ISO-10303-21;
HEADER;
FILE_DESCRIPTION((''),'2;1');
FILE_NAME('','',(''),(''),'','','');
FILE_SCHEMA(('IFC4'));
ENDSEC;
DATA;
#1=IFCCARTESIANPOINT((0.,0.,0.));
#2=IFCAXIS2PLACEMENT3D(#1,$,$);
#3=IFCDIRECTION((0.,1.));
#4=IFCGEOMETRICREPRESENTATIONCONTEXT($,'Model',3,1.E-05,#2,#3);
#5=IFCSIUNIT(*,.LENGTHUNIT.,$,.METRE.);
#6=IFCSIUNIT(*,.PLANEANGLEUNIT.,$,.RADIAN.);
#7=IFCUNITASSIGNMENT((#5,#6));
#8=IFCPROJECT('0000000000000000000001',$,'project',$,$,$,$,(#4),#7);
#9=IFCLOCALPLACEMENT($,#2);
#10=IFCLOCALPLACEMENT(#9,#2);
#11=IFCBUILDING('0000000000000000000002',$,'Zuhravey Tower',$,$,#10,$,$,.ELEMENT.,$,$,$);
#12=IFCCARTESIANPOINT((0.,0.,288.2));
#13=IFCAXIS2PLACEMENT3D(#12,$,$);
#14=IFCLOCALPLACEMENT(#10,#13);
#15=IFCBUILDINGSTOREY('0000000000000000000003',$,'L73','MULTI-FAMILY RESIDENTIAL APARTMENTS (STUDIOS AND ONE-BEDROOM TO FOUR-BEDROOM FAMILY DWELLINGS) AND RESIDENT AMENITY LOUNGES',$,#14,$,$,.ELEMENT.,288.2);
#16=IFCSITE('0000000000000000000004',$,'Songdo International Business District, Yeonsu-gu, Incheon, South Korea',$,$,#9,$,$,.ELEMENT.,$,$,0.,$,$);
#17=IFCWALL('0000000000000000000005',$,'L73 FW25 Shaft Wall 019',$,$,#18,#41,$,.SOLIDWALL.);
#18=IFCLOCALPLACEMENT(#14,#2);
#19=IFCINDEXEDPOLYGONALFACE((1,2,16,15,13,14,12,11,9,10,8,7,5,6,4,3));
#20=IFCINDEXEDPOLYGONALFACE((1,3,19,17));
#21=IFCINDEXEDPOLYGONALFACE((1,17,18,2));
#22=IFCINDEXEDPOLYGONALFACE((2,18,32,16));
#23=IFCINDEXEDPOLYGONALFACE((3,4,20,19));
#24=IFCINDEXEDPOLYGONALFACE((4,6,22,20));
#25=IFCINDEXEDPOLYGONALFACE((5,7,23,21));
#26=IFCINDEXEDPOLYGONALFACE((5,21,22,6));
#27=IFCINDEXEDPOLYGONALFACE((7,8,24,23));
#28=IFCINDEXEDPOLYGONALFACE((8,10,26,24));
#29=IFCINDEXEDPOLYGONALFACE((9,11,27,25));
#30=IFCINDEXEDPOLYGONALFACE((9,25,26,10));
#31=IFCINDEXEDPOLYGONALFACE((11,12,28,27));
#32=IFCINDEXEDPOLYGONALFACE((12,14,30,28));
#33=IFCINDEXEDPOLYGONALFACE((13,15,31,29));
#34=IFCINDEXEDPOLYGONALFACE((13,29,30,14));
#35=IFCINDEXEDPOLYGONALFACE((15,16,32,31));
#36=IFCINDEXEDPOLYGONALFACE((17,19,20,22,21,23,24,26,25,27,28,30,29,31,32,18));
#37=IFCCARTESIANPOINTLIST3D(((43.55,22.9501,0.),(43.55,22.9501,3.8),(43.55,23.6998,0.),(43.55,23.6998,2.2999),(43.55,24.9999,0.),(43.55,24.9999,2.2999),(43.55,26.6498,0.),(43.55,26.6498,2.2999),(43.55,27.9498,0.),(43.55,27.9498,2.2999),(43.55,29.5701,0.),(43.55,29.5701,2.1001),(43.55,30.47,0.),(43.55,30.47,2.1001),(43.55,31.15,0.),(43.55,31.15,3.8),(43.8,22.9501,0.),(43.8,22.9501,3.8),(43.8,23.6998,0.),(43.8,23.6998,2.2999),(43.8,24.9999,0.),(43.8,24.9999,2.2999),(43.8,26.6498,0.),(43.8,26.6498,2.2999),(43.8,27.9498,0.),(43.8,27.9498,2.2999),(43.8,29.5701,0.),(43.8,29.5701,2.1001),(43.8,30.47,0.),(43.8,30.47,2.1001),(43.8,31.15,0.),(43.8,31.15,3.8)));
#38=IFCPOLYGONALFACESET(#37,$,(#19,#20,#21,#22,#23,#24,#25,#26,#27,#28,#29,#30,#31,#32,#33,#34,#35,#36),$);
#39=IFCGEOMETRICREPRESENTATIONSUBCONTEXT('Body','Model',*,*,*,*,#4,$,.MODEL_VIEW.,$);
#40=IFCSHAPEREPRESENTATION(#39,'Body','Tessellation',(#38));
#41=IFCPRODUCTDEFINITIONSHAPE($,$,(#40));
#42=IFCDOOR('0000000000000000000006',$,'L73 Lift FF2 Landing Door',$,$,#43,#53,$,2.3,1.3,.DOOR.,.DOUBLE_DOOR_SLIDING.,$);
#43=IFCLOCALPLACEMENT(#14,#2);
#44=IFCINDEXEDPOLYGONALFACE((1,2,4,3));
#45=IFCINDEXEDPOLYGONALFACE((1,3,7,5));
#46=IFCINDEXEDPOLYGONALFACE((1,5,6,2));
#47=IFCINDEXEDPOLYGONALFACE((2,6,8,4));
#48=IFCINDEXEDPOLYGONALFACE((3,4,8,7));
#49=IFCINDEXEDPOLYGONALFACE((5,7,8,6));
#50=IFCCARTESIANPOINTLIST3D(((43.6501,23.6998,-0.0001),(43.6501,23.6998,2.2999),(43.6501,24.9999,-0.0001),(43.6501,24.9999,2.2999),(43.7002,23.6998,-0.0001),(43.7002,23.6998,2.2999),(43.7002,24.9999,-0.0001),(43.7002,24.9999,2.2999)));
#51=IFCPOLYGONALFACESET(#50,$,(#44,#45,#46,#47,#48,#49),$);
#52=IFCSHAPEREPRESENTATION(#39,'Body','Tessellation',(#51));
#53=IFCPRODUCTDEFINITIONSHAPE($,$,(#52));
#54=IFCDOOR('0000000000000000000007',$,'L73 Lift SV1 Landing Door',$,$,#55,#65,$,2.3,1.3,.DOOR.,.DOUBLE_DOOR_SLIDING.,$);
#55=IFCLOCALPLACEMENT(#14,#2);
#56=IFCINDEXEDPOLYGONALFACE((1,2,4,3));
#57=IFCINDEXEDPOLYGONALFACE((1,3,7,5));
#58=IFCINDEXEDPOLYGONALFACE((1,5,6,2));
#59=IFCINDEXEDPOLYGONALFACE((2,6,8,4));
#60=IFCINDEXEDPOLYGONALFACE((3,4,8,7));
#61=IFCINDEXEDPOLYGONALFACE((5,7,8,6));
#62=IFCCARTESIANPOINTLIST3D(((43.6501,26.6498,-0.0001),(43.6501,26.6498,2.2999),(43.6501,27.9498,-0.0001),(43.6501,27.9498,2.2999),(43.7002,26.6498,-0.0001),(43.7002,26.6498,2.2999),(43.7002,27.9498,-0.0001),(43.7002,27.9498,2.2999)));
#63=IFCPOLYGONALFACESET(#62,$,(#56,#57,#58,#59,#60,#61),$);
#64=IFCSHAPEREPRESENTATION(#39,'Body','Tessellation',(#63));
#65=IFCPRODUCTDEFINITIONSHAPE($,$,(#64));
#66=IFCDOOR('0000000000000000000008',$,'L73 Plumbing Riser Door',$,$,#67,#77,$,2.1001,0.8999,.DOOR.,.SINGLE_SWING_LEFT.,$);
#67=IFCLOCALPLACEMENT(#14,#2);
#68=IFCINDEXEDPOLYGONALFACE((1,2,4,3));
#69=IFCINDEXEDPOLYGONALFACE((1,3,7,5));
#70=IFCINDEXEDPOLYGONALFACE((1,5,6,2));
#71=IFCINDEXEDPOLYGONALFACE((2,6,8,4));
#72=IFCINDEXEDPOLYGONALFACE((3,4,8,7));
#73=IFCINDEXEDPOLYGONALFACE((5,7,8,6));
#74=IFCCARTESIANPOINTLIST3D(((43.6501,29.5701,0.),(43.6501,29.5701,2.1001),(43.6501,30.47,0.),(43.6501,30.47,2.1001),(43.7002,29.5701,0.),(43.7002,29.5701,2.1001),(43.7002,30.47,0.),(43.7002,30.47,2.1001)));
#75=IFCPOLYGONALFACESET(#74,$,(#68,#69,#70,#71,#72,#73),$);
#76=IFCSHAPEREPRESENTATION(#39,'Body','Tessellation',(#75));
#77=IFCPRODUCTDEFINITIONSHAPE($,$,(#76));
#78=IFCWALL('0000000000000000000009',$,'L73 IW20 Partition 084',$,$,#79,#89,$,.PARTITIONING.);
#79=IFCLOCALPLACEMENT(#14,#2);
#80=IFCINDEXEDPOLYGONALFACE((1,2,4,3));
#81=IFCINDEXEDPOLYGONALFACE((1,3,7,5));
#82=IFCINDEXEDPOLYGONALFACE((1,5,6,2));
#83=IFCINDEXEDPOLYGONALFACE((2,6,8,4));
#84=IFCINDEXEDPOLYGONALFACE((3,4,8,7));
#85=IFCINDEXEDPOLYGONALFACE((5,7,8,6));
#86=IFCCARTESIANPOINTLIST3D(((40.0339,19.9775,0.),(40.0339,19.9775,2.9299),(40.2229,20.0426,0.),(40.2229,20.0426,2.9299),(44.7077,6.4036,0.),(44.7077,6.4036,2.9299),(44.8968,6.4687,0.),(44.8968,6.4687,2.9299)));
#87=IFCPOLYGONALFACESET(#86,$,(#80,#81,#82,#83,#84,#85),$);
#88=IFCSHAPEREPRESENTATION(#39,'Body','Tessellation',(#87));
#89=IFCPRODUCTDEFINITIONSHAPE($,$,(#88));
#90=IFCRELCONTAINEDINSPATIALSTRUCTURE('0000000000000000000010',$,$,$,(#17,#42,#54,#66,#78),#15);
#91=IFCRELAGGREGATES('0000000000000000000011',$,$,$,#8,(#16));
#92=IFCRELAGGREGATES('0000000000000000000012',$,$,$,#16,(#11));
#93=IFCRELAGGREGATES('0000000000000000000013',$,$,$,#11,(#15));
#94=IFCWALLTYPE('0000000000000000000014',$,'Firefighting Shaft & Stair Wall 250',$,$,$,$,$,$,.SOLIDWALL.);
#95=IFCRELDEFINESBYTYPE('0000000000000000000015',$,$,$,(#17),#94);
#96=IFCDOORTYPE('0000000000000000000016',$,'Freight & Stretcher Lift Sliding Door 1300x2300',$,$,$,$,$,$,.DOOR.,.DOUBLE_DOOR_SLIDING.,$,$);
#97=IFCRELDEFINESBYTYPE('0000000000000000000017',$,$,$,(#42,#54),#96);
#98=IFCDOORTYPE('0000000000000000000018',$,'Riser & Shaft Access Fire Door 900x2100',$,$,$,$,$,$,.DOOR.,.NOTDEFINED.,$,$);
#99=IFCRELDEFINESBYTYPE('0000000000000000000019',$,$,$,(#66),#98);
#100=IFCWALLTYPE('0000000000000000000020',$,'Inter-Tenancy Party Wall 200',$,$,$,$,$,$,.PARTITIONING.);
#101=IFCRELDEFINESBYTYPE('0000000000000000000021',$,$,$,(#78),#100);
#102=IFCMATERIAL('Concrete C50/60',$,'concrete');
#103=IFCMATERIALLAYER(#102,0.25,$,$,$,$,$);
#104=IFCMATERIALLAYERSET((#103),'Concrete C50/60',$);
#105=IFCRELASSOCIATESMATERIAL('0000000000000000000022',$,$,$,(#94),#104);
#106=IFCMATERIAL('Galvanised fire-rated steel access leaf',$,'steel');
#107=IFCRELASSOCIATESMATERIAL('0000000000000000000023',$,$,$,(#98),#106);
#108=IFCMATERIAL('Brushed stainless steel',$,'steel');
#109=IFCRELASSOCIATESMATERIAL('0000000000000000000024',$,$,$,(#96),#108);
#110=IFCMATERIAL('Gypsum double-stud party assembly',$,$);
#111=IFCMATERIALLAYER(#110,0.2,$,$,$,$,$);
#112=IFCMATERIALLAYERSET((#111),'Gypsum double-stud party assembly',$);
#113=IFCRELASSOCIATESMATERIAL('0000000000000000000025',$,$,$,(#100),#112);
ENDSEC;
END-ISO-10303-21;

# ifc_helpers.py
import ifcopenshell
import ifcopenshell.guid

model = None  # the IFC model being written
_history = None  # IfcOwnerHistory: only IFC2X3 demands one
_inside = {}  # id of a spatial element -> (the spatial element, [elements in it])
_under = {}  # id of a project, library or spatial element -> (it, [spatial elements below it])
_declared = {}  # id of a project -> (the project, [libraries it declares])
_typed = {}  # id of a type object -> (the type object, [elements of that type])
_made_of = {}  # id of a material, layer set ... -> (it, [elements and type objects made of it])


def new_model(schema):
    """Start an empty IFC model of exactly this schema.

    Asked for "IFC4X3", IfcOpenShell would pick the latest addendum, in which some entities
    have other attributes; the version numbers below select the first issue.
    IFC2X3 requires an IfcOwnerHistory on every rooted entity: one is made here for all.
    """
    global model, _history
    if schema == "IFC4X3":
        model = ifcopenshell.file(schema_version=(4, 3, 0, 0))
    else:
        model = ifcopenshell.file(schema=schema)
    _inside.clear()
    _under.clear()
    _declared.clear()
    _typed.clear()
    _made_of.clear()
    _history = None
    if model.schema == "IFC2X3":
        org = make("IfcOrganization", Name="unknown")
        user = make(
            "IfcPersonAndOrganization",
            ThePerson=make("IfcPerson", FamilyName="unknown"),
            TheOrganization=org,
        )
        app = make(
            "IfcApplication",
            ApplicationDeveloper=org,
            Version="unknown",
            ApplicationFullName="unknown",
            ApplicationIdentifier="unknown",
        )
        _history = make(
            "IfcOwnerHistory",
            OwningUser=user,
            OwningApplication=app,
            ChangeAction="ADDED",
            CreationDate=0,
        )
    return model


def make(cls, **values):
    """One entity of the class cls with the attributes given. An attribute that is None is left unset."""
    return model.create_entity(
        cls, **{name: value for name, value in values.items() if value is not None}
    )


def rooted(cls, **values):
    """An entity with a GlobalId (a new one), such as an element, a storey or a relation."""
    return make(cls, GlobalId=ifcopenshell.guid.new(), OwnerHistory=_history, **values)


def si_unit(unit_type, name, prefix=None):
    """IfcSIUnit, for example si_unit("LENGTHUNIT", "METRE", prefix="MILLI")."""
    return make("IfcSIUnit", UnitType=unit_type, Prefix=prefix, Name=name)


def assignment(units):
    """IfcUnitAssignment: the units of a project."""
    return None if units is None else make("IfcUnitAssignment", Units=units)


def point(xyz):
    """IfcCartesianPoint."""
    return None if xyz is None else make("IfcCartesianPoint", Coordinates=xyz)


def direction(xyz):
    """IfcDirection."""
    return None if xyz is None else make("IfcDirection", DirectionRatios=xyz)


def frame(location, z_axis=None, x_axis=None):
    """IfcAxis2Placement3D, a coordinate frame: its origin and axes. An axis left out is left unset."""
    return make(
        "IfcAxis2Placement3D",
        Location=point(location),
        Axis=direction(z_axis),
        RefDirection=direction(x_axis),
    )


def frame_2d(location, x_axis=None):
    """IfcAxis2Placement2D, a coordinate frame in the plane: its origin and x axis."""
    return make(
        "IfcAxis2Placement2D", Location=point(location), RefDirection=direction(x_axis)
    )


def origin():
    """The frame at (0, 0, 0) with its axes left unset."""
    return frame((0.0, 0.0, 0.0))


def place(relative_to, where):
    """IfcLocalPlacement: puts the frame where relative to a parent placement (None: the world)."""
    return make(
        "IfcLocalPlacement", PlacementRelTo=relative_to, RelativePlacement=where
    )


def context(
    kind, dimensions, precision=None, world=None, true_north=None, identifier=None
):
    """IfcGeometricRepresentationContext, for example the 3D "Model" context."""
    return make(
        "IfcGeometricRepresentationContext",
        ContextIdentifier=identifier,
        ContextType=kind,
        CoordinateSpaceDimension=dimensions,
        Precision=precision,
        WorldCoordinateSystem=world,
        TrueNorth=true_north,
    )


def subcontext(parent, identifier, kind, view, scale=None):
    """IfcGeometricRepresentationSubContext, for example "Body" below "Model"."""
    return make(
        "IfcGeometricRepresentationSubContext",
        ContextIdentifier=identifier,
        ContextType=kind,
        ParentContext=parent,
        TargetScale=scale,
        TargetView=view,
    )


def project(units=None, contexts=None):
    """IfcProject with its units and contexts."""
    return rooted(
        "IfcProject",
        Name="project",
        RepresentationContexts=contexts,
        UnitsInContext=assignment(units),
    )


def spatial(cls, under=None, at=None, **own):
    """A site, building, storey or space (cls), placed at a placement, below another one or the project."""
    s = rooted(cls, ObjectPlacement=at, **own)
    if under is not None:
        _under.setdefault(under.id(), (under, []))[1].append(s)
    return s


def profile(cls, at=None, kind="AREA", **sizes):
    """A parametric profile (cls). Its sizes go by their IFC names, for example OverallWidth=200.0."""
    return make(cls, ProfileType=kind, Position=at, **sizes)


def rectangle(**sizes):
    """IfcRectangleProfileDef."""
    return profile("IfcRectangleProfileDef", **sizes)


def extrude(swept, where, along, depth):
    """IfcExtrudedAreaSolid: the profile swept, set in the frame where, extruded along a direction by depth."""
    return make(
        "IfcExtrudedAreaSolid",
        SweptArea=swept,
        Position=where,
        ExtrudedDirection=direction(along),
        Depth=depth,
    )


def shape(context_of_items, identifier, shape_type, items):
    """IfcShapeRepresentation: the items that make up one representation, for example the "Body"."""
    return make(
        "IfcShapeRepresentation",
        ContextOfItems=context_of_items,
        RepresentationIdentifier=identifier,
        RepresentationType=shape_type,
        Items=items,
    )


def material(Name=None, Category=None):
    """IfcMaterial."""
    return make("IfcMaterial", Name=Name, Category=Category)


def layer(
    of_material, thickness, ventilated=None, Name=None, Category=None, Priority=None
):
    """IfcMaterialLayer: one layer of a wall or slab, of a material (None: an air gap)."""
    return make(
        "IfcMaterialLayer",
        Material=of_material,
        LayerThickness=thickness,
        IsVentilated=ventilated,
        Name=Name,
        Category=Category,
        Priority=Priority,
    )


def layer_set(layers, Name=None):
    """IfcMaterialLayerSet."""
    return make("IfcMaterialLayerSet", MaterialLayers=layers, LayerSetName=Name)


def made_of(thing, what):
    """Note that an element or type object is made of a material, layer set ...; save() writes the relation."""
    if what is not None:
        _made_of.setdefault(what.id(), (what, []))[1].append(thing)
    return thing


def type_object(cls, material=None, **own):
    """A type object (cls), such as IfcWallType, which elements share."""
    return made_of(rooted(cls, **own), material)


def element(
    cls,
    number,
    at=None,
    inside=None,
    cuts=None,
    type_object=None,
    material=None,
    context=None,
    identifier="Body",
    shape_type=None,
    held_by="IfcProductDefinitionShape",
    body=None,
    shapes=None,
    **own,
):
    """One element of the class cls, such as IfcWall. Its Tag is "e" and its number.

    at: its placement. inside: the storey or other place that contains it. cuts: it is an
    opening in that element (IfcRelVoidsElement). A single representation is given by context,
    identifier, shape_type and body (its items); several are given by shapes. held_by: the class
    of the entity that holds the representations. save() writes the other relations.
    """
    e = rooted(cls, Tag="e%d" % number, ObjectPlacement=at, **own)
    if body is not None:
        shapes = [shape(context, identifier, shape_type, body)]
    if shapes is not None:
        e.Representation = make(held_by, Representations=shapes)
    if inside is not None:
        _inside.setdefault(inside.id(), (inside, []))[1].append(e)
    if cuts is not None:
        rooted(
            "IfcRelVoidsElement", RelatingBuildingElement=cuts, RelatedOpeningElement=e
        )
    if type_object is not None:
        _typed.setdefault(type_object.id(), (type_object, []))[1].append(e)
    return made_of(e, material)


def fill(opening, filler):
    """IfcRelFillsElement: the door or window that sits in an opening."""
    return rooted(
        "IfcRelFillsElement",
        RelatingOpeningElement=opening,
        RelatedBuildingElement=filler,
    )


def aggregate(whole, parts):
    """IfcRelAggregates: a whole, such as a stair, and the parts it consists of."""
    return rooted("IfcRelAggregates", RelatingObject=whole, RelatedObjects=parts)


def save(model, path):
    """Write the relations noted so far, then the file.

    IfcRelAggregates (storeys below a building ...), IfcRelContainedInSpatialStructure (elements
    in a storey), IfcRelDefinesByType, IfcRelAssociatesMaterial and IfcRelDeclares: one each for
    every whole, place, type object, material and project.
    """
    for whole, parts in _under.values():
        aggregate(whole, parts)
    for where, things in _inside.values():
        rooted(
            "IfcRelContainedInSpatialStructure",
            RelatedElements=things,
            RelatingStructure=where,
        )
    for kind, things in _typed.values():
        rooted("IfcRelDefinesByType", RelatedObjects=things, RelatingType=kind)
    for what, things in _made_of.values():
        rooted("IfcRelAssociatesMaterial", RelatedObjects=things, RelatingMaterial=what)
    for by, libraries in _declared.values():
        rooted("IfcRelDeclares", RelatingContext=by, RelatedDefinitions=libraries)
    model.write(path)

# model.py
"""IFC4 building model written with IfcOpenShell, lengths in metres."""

from ifc_helpers import new_model, si_unit, direction, frame, frame_2d, origin, place, context, subcontext, project, spatial, rectangle, extrude, material, layer, layer_set, type_object, element, fill, save


model = new_model("IFC4")

# Units and contexts
model_context = context("Model", 3, precision=1e-05, world=origin(), true_north=direction((0.0, 1.0)))
body_context = subcontext(model_context, "Body", "Model", "MODEL_VIEW")
ifc_project = project(units=[si_unit("LENGTHUNIT", "METRE"), si_unit("PLANEANGLEUNIT", "RADIAN")], contexts=[model_context])

# Site, building, storey
site_placement = place(None, origin())
site = spatial("IfcSite", under=ifc_project, at=site_placement, Name="Songdo International Business District, Yeonsu-gu, Incheon, South Korea", CompositionType="ELEMENT", RefElevation=0.0)
building_placement = place(site_placement, origin())
building = spatial("IfcBuilding", under=site, at=building_placement, Name="Zuhravey Tower", CompositionType="ELEMENT")
storey_placement = place(building_placement, frame((0.0, 0.0, 288.2)))
storey = spatial("IfcBuildingStorey", under=building, at=storey_placement, Name="L73", Description="MULTI-FAMILY RESIDENTIAL APARTMENTS (STUDIOS AND ONE-BEDROOM TO FOUR-BEDROOM FAMILY DWELLINGS) AND RESIDENT AMENITY LOUNGES", CompositionType="ELEMENT", Elevation=288.2)

# Shared definitions
ifc_material_1 = material(Name="Concrete C50/60", Category="concrete")

# Shared definitions
ifc_layer_1 = layer(ifc_material_1, 0.25)
ifc_layer_set_1 = layer_set([ifc_layer_1], Name="Concrete C50/60")
wall_type_1 = type_object("IfcWallType", Name="Firefighting Shaft & Stair Wall 250", PredefinedType="SOLIDWALL", material=ifc_layer_set_1)

# Shared definitions
ifc_material_2 = material(Name="Galvanised fire-rated steel access leaf", Category="steel")
door_type_1 = type_object("IfcDoorType", Name="Riser & Shaft Access Fire Door 900x2100", OperationType="NOTDEFINED", PredefinedType="DOOR", material=ifc_material_2)

# Wall, openings, doors
wall_1_placement = place(storey_placement, frame((43.675, 22.95, 0.0), z_axis=(0.0, 0.0, 1.0), x_axis=(0.0, 1.0, 0.0)))
wall_1 = element("IfcWall", 1, at=wall_1_placement, inside=storey, type_object=wall_type_1, Name="L73 FW25 Shaft Wall 019", PredefinedType="SOLIDWALL", context=body_context, shape_type="SweptSolid", body=[
    extrude(rectangle(XDim=8.2, YDim=0.25, at=frame_2d((4.1001, 0.0))), origin(), (0.0, 0.0, 1.0), 3.8),
])
opening_1_placement = place(wall_1_placement, frame((0.75, 0.0, 0.0)))
opening_1 = element("IfcOpeningElement", 2, at=opening_1_placement, cuts=wall_1, PredefinedType="OPENING", context=body_context, shape_type="SweptSolid", body=[
    extrude(rectangle(XDim=1.3, YDim=2.3, at=frame_2d((0.6499, 1.1499))), frame((0.0, 0.137, 0.0), z_axis=(0.0, -1.0, 0.0), x_axis=(1.0, 0.0, 0.0)), (0.0, 0.0, 1.0), 0.2739),
])
opening_2_placement = place(wall_1_placement, frame((3.7, 0.0, 0.0)))
opening_2 = element("IfcOpeningElement", 3, at=opening_2_placement, cuts=wall_1, PredefinedType="OPENING", context=body_context, shape_type="SweptSolid", body=[
    extrude(rectangle(XDim=1.3, YDim=2.3, at=frame_2d((0.6499, 1.1499))), frame((0.0, 0.137, 0.0), z_axis=(0.0, -1.0, 0.0), x_axis=(1.0, 0.0, 0.0)), (0.0, 0.0, 1.0), 0.2739),
])
opening_3_placement = place(wall_1_placement, frame((6.6201, 0.0, 0.0)))
opening_3 = element("IfcOpeningElement", 4, at=opening_3_placement, cuts=wall_1, PredefinedType="OPENING", context=body_context, shape_type="SweptSolid", body=[
    extrude(rectangle(XDim=0.8999, YDim=2.1001, at=frame_2d((0.45, 1.05))), frame((0.0, 0.137, 0.0), z_axis=(0.0, -1.0, 0.0), x_axis=(1.0, 0.0, 0.0)), (0.0, 0.0, 1.0), 0.2739),
])
ifc_material_3 = material(Name="Brushed stainless steel", Category="steel")
door_type_2 = type_object("IfcDoorType", Name="Freight & Stretcher Lift Sliding Door 1300x2300", OperationType="DOUBLE_DOOR_SLIDING", PredefinedType="DOOR", material=ifc_material_3)
door_1_placement = place(opening_1_placement, origin())
door_1 = element("IfcDoor", 5, at=door_1_placement, inside=storey, type_object=door_type_2, Name="L73 Lift FF2 Landing Door", OperationType="DOUBLE_DOOR_SLIDING", OverallHeight=2.3, OverallWidth=1.3, PredefinedType="DOOR", context=body_context, shape_type="SweptSolid", body=[
    extrude(rectangle(XDim=1.3, YDim=2.3, at=frame_2d((0.6499, 1.1499))), frame((0.0, 0.0249, 0.0), z_axis=(0.0, -1.0, 0.0), x_axis=(1.0, 0.0, 0.0)), (0.0, 0.0, 1.0), 0.05),
])
fill(opening_1, door_1)
door_2_placement = place(opening_2_placement, origin())
door_2 = element("IfcDoor", 6, at=door_2_placement, inside=storey, type_object=door_type_2, Name="L73 Lift SV1 Landing Door", OperationType="DOUBLE_DOOR_SLIDING", OverallHeight=2.3, OverallWidth=1.3, PredefinedType="DOOR", context=body_context, shape_type="SweptSolid", body=[
    extrude(rectangle(XDim=1.3, YDim=2.3, at=frame_2d((0.6499, 1.1499))), frame((0.0, 0.0249, 0.0), z_axis=(0.0, -1.0, 0.0), x_axis=(1.0, 0.0, 0.0)), (0.0, 0.0, 1.0), 0.05),
])
fill(opening_2, door_2)
door_3_placement = place(opening_3_placement, origin())
door_3 = element("IfcDoor", 7, at=door_3_placement, inside=storey, type_object=door_type_1, Name="L73 Plumbing Riser Door", OperationType="SINGLE_SWING_LEFT", OverallHeight=2.1001, OverallWidth=0.8999, PredefinedType="DOOR", context=body_context, shape_type="SweptSolid", body=[
    extrude(rectangle(XDim=0.8999, YDim=2.1001, at=frame_2d((0.45, 1.05))), frame((0.0, 0.0249, 0.0), z_axis=(0.0, -1.0, 0.0), x_axis=(1.0, 0.0, 0.0)), (0.0, 0.0, 1.0), 0.05),
])
fill(opening_3, door_3)

# Wall
ifc_material_4 = material(Name="Gypsum double-stud party assembly")
ifc_layer_2 = layer(ifc_material_4, 0.2)
ifc_layer_set_2 = layer_set([ifc_layer_2], Name="Gypsum double-stud party assembly")
wall_type_2 = type_object("IfcWallType", Name="Inter-Tenancy Party Wall 200", PredefinedType="PARTITIONING", material=ifc_layer_set_2)
wall_2_placement = place(storey_placement, frame((40.1284, 20.01, 0.0), z_axis=(0.0, 0.0, 1.0), x_axis=(0.325569, -0.945518, 0.0)))
element("IfcWall", 8, at=wall_2_placement, inside=storey, type_object=wall_type_2, Name="L73 IW20 Partition 084", PredefinedType="PARTITIONING", context=body_context, shape_type="SweptSolid", body=[
    extrude(rectangle(XDim=14.356, YDim=0.2, at=frame_2d((7.178, 0.0))), origin(), (0.0, 0.0, 1.0), 2.9299),
])

save(model, "model.ifc")
